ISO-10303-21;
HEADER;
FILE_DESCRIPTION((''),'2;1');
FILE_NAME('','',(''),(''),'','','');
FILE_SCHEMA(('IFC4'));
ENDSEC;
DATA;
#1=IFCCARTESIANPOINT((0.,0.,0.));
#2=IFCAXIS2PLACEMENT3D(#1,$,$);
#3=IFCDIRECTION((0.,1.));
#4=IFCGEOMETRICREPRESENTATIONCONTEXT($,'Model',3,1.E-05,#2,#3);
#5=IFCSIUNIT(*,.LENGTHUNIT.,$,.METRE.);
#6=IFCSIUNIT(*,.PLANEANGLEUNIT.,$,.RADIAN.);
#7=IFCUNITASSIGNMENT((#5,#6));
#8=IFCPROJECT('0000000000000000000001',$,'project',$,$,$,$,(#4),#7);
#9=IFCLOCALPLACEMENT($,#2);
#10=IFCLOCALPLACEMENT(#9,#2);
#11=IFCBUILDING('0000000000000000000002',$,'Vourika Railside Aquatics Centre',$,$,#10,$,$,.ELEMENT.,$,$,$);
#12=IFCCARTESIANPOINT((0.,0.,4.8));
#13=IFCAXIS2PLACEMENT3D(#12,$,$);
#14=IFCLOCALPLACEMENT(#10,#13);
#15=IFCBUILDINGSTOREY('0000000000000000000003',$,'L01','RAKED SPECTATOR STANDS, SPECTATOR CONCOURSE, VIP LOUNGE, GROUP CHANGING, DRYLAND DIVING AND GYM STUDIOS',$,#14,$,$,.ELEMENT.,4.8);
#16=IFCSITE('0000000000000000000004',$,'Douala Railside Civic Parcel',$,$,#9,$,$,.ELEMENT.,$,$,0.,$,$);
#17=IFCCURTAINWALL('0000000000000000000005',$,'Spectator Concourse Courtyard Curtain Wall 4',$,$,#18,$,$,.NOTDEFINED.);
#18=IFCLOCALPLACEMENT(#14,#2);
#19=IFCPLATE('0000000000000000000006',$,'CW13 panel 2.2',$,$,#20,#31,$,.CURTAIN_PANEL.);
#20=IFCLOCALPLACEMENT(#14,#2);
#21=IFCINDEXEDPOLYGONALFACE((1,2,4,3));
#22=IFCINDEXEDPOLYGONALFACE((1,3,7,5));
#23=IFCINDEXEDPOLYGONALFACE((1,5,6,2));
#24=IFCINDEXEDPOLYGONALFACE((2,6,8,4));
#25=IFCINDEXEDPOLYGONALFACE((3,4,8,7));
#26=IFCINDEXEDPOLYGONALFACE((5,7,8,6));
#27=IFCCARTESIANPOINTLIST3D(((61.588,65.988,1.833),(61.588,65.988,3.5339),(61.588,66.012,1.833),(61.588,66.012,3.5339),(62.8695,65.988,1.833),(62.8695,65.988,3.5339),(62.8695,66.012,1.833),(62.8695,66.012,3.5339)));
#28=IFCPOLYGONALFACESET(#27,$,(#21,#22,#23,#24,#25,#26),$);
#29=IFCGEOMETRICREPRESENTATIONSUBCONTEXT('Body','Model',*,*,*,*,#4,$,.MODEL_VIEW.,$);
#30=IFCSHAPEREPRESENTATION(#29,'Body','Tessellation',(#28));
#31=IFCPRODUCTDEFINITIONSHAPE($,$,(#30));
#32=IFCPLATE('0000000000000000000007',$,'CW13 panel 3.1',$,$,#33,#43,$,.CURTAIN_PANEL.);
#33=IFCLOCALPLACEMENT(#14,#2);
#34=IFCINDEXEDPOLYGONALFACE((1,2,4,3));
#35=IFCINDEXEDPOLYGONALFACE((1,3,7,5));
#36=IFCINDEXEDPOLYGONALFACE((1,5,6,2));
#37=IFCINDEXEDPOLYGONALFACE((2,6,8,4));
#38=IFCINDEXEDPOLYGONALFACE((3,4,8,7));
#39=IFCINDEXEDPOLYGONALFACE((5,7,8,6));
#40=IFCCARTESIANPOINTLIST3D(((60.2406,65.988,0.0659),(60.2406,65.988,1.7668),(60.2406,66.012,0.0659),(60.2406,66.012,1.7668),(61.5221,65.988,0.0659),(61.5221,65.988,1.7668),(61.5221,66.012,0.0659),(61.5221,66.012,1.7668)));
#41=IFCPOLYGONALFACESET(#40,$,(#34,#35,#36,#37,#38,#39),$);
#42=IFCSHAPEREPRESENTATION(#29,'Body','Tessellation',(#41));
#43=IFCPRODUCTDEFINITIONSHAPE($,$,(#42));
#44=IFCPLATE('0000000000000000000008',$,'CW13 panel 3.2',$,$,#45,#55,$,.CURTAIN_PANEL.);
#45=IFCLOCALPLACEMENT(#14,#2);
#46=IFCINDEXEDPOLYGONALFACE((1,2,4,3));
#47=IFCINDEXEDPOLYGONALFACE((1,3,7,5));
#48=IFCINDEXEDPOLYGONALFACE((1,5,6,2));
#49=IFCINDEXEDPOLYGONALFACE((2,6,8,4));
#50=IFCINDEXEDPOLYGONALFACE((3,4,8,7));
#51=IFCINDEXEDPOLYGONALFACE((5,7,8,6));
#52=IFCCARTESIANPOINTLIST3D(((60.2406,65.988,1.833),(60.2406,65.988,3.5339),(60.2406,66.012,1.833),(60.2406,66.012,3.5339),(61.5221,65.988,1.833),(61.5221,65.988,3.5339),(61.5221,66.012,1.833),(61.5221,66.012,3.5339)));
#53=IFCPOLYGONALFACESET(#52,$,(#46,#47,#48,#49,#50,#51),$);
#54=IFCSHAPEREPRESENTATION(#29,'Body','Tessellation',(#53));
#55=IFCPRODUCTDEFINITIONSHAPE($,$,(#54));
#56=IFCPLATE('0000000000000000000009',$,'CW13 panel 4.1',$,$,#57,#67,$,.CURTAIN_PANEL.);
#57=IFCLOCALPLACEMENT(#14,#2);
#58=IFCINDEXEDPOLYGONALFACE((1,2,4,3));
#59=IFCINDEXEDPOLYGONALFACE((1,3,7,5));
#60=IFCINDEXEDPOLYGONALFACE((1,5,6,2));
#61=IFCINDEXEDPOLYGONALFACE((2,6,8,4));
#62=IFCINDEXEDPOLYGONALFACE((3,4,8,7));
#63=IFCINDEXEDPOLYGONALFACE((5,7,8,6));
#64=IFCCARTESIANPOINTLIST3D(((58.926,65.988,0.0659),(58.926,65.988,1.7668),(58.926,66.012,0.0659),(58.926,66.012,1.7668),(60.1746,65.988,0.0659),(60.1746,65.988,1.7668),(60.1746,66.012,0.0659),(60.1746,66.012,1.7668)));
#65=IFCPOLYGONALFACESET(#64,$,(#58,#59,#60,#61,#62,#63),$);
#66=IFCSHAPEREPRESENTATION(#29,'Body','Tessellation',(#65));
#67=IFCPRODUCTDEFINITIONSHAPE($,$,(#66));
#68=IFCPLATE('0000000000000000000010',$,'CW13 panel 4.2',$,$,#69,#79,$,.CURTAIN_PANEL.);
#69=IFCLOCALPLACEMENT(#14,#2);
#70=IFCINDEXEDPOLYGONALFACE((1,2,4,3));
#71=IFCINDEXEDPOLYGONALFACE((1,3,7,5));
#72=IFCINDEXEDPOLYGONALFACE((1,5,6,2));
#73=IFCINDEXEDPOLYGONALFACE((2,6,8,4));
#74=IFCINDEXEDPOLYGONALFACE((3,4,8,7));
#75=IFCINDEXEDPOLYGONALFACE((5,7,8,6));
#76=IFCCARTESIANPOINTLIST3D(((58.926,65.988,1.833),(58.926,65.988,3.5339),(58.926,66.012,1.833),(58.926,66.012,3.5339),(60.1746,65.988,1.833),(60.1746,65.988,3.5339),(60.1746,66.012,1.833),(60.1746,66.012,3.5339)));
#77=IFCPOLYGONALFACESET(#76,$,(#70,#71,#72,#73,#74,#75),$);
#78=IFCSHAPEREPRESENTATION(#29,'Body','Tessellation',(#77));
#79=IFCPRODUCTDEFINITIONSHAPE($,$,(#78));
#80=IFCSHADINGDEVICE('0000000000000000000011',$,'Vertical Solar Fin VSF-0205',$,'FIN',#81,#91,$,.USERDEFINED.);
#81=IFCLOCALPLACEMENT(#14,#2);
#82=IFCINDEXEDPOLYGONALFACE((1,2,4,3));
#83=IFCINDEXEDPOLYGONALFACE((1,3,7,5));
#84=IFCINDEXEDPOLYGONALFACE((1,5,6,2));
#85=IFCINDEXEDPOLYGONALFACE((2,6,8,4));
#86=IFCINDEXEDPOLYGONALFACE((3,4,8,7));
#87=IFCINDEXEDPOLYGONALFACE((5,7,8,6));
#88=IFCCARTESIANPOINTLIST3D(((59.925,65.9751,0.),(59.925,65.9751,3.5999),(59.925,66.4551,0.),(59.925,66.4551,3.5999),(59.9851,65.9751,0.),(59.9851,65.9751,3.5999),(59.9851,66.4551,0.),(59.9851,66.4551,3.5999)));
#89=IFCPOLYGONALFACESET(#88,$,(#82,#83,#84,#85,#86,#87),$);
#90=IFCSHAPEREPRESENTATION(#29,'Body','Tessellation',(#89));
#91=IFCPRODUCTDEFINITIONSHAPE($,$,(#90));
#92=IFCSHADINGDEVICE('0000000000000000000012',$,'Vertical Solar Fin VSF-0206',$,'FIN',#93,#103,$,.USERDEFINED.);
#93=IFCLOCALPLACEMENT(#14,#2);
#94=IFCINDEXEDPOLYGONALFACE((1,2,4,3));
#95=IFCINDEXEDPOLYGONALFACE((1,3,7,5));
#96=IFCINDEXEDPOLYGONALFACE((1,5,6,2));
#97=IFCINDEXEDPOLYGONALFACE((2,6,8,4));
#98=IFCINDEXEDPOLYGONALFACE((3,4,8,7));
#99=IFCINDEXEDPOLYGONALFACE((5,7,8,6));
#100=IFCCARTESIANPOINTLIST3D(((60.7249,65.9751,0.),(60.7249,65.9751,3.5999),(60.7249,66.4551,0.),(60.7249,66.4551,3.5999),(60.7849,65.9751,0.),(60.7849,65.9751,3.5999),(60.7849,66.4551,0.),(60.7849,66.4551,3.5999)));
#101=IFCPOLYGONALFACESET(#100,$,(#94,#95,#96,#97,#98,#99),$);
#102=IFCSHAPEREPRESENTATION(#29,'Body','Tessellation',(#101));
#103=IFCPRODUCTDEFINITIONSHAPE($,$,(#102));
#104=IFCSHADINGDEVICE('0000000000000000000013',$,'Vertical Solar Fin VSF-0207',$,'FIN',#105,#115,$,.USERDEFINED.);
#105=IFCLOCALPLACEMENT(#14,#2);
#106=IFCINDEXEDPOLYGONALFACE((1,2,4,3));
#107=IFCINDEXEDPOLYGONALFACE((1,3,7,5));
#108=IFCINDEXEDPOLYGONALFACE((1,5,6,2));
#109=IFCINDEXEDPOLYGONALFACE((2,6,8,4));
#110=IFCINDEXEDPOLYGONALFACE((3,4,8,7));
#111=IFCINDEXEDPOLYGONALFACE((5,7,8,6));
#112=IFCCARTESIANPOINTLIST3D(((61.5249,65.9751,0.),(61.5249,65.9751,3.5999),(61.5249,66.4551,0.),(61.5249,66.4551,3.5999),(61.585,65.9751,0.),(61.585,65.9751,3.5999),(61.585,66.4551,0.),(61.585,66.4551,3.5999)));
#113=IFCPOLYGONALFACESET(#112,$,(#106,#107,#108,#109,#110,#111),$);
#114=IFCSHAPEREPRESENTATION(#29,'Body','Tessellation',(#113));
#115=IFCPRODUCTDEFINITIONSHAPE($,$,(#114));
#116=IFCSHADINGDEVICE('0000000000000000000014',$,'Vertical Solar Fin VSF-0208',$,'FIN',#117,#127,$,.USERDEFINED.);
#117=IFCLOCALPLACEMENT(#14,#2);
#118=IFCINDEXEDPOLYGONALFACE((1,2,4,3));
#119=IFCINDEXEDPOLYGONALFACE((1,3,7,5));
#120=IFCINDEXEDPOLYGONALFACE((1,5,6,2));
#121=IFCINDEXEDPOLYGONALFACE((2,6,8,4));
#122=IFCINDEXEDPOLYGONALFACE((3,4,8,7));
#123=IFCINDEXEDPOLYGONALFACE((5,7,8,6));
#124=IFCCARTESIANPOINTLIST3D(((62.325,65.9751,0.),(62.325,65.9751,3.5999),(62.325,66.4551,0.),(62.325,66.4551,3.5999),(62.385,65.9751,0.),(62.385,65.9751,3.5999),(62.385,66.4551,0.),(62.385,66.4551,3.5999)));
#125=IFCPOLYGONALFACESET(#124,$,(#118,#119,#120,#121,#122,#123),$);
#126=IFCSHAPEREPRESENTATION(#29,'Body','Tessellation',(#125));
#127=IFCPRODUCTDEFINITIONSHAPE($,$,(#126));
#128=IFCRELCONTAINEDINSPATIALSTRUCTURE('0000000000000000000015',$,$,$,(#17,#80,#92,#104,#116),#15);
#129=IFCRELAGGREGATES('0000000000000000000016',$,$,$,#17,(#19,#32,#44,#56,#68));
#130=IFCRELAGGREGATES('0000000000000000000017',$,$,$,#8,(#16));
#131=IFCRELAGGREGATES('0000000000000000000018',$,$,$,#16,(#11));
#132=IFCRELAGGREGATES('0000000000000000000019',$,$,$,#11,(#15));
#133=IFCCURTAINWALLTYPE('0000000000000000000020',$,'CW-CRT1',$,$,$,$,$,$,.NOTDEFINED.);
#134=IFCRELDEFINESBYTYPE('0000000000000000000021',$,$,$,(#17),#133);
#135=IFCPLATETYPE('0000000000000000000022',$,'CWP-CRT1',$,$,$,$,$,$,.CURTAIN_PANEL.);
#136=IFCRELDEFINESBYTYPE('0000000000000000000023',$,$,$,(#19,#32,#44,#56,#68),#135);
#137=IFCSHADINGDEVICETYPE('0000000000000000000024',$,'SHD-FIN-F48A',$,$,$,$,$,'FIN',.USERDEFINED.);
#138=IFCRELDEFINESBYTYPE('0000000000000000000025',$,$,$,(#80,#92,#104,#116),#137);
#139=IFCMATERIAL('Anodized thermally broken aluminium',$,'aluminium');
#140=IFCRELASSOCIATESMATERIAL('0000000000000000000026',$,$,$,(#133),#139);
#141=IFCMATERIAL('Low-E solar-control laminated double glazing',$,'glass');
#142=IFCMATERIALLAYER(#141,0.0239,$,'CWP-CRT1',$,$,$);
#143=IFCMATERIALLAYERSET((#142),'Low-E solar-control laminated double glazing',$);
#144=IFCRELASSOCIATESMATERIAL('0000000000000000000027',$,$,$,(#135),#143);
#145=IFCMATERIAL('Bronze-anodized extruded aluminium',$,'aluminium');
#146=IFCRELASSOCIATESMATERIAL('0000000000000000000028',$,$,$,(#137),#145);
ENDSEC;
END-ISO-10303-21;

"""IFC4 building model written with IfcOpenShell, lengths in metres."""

from ifc_helpers import new_model, si_unit, direction, frame, origin, origin_2d, place, context, subcontext, project, spatial, rectangle, extrude, material, layer, layer_set, material_profile, profile_set, type_object, element, aggregate, save


model = new_model("IFC4")

# Units and contexts
model_context = context("Model", 3, precision=1e-05, world=origin(), true_north=direction((0.0, 1.0)))
body_context = subcontext(model_context, "Body", "Model", "MODEL_VIEW")
ifc_project = project(units=[si_unit("LENGTHUNIT", "METRE"), si_unit("PLANEANGLEUNIT", "RADIAN")], contexts=[model_context])

# Site, building, storey
site_placement = place(None, origin())
site = spatial("IfcSite", under=ifc_project, at=site_placement, Name="Douala Railside Civic Parcel", CompositionType="ELEMENT", RefElevation=0.0)
building_placement = place(site_placement, origin())
building = spatial("IfcBuilding", under=site, at=building_placement, Name="Vourika Railside Aquatics Centre", CompositionType="ELEMENT")
storey_placement = place(building_placement, frame((0.0, 0.0, 4.8)))
storey = spatial("IfcBuildingStorey", under=building, at=storey_placement, Name="L01", Description="RAKED SPECTATOR STANDS, SPECTATOR CONCOURSE, VIP LOUNGE, GROUP CHANGING, DRYLAND DIVING AND GYM STUDIOS", CompositionType="ELEMENT", Elevation=4.8)

# Curtain wall, plates
ifc_material_1 = material(Name="Anodized thermally broken aluminium", Category="aluminium")
curtain_wall_type = type_object("IfcCurtainWallType", Name="CW-CRT1", PredefinedType="NOTDEFINED", material=ifc_material_1)
curtain_wall_placement = place(storey_placement, origin())
curtain_wall = element("IfcCurtainWall", 1, at=curtain_wall_placement, inside=storey, type_object=curtain_wall_type, Name="Spectator Concourse Courtyard Curtain Wall 4", PredefinedType="NOTDEFINED")
ifc_material_2 = material(Name="Low-E solar-control laminated double glazing", Category="glass")
ifc_layer = layer(ifc_material_2, 0.0239, Name="CWP-CRT1")
ifc_layer_set = layer_set([ifc_layer], Name="Low-E solar-control laminated double glazing")
plate_type = type_object("IfcPlateType", Name="CWP-CRT1", PredefinedType="CURTAIN_PANEL", material=ifc_layer_set)
plate_1_placement = place(storey_placement, frame((62.2288, 66.0, 1.833), z_axis=(0.0, 0.0, 1.0), x_axis=(-1.0, 0.0, 0.0)))
plate_1 = element("IfcPlate", 2, at=plate_1_placement, type_object=plate_type, Name="CW13 panel 2.2", PredefinedType="CURTAIN_PANEL", context=body_context, shape_type="SweptSolid", body=[
    extrude(rectangle(XDim=1.2815, YDim=0.0239, at=origin_2d()), origin(), (0.0, 0.0, 1.0), 1.7009),
])
plate_2_placement = place(storey_placement, frame((60.8813, 66.0, 0.0659), z_axis=(0.0, 0.0, 1.0), x_axis=(-1.0, 0.0, 0.0)))
plate_2 = element("IfcPlate", 3, at=plate_2_placement, type_object=plate_type, Name="CW13 panel 3.1", PredefinedType="CURTAIN_PANEL", context=body_context, shape_type="SweptSolid", body=[
    extrude(rectangle(XDim=1.2815, YDim=0.0239, at=origin_2d()), origin(), (0.0, 0.0, 1.0), 1.7009),
])
plate_3_placement = place(storey_placement, frame((60.8813, 66.0, 1.833), z_axis=(0.0, 0.0, 1.0), x_axis=(-1.0, 0.0, 0.0)))
plate_3 = element("IfcPlate", 4, at=plate_3_placement, type_object=plate_type, Name="CW13 panel 3.2", PredefinedType="CURTAIN_PANEL", context=body_context, shape_type="SweptSolid", body=[
    extrude(rectangle(XDim=1.2815, YDim=0.0239, at=origin_2d()), origin(), (0.0, 0.0, 1.0), 1.7009),
])
plate_4_placement = place(storey_placement, frame((59.5503, 66.0, 0.0659), z_axis=(0.0, 0.0, 1.0), x_axis=(-1.0, 0.0, 0.0)))
plate_4 = element("IfcPlate", 5, at=plate_4_placement, type_object=plate_type, Name="CW13 panel 4.1", PredefinedType="CURTAIN_PANEL", context=body_context, shape_type="SweptSolid", body=[
    extrude(rectangle(XDim=1.2485, YDim=0.0239, at=origin_2d()), origin(), (0.0, 0.0, 1.0), 1.7009),
])
plate_5_placement = place(storey_placement, frame((59.5503, 66.0, 1.833), z_axis=(0.0, 0.0, 1.0), x_axis=(-1.0, 0.0, 0.0)))
plate_5 = element("IfcPlate", 6, at=plate_5_placement, type_object=plate_type, Name="CW13 panel 4.2", PredefinedType="CURTAIN_PANEL", context=body_context, shape_type="SweptSolid", body=[
    extrude(rectangle(XDim=1.2485, YDim=0.0239, at=origin_2d()), origin(), (0.0, 0.0, 1.0), 1.7009),
])
aggregate(curtain_wall, [plate_1, plate_2, plate_3, plate_4, plate_5])

# Shading devices
ifc_material_3 = material(Name="Bronze-anodized extruded aluminium", Category="aluminium")
ifc_material_profile_1 = material_profile(ifc_material_3, rectangle(XDim=0.0601, YDim=0.48, at=origin_2d()), Name="ALU-FIN 60x480")
ifc_profile_set_1 = profile_set([ifc_material_profile_1], Name="Bronze-anodized extruded aluminium")
shading_device_type = type_object("IfcShadingDeviceType", Name="SHD-FIN-F48A", ElementType="FIN", PredefinedType="USERDEFINED", material=ifc_profile_set_1)
for number, where, z_axis, x_axis, name in (
    (7, (59.9551, 66.2151, 0.0), (0.0, 0.0, 1.0), (1.0, 0.0, 0.0), "Vertical Solar Fin VSF-0205"),
    (8, (60.7549, 66.2151, 0.0), (0.0, 0.0, 1.0), (1.0, 0.0, 0.0), "Vertical Solar Fin VSF-0206"),
    (9, (61.5549, 66.2151, 0.0), (0.0, 0.0, 1.0), (1.0, 0.0, 0.0), "Vertical Solar Fin VSF-0207"),
    (10, (62.355, 66.2151, 0.0), (0.0, 0.0, 1.0), (1.0, 0.0, 0.0), "Vertical Solar Fin VSF-0208"),
):
    element("IfcShadingDevice", number, at=place(storey_placement, frame(where, z_axis=z_axis, x_axis=x_axis)), inside=storey, type_object=shading_device_type, Name=name, ObjectType="FIN", PredefinedType="USERDEFINED", context=body_context, shape_type="SweptSolid", body=[
        extrude(rectangle(XDim=0.0601, YDim=0.48, at=origin_2d()), origin(), (0.0, 0.0, 1.0), 3.5999),
    ])

save(model, "model.ifc")
